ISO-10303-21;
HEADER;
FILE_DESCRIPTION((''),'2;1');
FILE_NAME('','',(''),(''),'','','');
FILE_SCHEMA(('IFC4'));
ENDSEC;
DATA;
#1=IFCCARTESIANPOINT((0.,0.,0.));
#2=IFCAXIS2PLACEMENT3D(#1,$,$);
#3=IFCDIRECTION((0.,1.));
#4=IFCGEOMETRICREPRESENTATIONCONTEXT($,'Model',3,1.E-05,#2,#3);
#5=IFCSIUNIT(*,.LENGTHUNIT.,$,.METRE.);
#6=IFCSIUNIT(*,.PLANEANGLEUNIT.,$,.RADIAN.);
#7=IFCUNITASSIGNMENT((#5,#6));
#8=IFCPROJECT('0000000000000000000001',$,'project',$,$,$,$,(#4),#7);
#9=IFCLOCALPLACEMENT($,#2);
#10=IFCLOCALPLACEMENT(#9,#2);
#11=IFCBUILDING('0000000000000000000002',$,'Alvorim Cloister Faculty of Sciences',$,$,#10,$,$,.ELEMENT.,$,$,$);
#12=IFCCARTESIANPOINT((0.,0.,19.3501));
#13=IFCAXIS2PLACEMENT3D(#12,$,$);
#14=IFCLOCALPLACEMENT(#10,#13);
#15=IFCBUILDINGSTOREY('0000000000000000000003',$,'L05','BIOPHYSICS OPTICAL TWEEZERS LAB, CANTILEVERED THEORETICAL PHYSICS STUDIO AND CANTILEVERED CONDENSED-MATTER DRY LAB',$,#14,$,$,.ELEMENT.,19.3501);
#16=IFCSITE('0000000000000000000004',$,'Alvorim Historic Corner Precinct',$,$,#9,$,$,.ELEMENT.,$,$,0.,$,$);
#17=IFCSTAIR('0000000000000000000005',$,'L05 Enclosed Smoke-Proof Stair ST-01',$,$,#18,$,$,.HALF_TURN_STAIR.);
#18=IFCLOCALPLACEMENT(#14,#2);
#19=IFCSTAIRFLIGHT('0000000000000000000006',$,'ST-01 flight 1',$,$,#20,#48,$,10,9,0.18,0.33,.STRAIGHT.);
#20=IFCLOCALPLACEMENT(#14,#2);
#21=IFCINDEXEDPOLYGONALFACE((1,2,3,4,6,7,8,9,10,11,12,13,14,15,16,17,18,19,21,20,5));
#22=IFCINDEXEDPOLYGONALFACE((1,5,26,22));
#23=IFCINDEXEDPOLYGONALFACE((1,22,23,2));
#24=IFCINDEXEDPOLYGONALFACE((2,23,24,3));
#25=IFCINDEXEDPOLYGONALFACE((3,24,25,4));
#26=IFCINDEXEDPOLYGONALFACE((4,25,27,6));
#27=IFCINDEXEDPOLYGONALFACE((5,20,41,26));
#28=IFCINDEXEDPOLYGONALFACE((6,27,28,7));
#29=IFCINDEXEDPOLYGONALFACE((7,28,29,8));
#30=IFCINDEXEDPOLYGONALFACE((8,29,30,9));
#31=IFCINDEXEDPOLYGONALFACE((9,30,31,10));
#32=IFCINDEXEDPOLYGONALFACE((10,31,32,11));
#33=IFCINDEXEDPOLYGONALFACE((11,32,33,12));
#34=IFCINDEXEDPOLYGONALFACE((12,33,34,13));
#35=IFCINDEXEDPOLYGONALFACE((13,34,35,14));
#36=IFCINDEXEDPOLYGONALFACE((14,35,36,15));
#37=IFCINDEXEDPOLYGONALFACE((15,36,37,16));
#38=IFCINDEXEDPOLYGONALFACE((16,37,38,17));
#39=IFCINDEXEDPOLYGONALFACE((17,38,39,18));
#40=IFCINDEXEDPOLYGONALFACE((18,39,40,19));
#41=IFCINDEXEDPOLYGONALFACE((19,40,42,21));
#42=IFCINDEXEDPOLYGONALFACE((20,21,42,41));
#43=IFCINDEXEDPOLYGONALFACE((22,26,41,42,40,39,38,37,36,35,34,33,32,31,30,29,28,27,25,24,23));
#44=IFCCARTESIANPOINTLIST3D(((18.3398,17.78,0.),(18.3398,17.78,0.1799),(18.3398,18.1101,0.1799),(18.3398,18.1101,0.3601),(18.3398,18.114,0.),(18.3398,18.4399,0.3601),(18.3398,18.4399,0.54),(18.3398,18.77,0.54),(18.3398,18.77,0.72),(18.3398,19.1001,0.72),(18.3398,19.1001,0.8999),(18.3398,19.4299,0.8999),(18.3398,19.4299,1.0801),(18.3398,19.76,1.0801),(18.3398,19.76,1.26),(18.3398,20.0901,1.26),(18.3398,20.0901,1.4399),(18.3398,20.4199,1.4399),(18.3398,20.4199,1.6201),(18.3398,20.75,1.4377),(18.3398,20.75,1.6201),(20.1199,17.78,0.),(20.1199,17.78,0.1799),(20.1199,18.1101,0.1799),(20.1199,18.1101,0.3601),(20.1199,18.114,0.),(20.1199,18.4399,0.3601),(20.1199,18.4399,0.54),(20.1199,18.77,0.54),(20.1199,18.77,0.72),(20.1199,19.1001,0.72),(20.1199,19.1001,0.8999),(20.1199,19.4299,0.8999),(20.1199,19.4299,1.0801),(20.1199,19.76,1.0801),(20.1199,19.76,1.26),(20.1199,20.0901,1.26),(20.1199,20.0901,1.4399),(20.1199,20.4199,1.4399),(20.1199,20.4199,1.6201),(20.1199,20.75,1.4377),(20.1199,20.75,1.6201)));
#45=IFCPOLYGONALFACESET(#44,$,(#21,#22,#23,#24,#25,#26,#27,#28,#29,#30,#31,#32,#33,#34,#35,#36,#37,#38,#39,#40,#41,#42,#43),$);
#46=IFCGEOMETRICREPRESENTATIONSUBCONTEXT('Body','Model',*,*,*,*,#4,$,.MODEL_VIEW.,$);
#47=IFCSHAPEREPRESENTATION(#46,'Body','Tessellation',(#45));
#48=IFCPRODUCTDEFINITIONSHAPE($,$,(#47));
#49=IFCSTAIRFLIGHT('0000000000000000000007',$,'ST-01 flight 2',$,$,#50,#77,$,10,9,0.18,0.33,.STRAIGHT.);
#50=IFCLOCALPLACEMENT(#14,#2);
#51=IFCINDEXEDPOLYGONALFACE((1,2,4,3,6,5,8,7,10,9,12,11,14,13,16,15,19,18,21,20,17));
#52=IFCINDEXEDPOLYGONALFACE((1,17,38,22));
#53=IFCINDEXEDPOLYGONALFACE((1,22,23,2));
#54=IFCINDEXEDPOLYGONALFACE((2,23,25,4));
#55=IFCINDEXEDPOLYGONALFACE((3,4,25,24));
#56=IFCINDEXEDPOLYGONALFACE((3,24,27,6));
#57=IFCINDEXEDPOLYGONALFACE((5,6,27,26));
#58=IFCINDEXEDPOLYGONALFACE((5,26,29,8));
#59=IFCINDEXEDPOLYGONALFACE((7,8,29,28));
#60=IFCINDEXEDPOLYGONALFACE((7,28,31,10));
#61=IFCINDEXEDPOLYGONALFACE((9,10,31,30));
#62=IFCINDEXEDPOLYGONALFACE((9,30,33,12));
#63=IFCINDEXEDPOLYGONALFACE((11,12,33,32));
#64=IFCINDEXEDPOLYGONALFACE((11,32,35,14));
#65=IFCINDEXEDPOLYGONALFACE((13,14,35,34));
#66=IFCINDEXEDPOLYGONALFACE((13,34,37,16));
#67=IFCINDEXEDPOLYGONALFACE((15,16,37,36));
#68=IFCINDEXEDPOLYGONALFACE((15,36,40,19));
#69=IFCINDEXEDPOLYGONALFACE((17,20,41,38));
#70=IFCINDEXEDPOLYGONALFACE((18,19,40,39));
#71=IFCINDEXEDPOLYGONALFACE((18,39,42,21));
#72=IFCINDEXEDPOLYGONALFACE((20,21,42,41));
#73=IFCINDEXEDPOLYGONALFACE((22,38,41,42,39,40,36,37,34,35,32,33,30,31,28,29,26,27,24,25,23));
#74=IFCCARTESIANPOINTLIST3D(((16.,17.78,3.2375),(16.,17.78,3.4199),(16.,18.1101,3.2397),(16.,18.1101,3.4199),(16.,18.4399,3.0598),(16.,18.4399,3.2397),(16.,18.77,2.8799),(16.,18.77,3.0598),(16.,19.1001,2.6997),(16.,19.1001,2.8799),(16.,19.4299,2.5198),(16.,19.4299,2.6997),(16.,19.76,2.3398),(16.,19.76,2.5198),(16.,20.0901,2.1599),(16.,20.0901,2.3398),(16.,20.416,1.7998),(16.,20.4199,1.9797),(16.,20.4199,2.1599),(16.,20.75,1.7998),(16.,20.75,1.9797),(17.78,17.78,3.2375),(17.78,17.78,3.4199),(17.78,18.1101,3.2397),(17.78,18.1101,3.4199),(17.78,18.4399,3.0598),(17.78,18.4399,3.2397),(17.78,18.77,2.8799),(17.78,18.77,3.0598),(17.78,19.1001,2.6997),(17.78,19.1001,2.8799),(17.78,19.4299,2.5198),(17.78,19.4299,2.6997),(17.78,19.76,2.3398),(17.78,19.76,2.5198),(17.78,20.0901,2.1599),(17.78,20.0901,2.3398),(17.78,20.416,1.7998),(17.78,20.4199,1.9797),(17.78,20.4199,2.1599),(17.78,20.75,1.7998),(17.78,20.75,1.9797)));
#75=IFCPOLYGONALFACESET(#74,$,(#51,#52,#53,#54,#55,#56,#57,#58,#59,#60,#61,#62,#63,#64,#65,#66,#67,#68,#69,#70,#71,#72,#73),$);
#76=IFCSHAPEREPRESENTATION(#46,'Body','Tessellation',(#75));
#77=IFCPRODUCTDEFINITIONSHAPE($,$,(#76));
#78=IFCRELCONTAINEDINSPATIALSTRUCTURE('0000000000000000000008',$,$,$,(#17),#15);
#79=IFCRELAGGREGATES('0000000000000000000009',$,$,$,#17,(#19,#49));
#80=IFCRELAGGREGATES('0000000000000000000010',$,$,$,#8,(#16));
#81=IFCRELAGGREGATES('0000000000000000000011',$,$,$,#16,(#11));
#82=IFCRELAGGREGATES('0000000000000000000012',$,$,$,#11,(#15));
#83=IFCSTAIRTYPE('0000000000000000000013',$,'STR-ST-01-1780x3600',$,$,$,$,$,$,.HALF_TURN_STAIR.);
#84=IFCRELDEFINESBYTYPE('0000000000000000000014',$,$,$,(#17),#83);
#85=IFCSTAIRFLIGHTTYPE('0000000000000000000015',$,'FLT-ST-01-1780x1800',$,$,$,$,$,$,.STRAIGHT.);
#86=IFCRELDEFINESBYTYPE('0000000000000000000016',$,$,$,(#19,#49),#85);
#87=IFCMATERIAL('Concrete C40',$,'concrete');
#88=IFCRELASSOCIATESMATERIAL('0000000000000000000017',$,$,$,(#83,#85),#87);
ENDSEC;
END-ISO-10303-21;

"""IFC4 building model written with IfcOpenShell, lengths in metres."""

from ifc_helpers import new_model, si_unit, direction, frame, origin, place, context, subcontext, project, spatial, polyline, outline, extrude, material, type_object, element, aggregate, save


model = new_model("IFC4")

# Units and contexts
model_context = context("Model", 3, precision=1e-05, world=origin(), true_north=direction((0.0, 1.0)))
body_context = subcontext(model_context, "Body", "Model", "MODEL_VIEW")
ifc_project = project(units=[si_unit("LENGTHUNIT", "METRE"), si_unit("PLANEANGLEUNIT", "RADIAN")], contexts=[model_context])

# Site, building, storey
site_placement = place(None, origin())
site = spatial("IfcSite", under=ifc_project, at=site_placement, Name="Alvorim Historic Corner Precinct", CompositionType="ELEMENT", RefElevation=0.0)
building_placement = place(site_placement, origin())
building = spatial("IfcBuilding", under=site, at=building_placement, Name="Alvorim Cloister Faculty of Sciences", CompositionType="ELEMENT")
storey_placement = place(building_placement, frame((0.0, 0.0, 19.3501)))
storey = spatial("IfcBuildingStorey", under=building, at=storey_placement, Name="L05", Description="BIOPHYSICS OPTICAL TWEEZERS LAB, CANTILEVERED THEORETICAL PHYSICS STUDIO AND CANTILEVERED CONDENSED-MATTER DRY LAB", CompositionType="ELEMENT", Elevation=19.3501)

# Shared definitions
ifc_material_1 = material(Name="Concrete C40", Category="concrete")

# Stair, stair flights
stair_type = type_object("IfcStairType", Name="STR-ST-01-1780x3600", PredefinedType="HALF_TURN_STAIR", material=ifc_material_1)
stair_placement = place(storey_placement, origin())
stair = element("IfcStair", 1, at=stair_placement, inside=storey, type_object=stair_type, Name="L05 Enclosed Smoke-Proof Stair ST-01", PredefinedType="HALF_TURN_STAIR")
stair_flight_type = type_object("IfcStairFlightType", Name="FLT-ST-01-1780x1800", PredefinedType="STRAIGHT", material=ifc_material_1)
stair_flight_1_placement = place(storey_placement, frame((19.23, 17.78, 0.0), z_axis=(0.0, 0.0, 1.0), x_axis=(0.0, 1.0, 0.0)))
stair_flight_1 = element("IfcStairFlight", 2, at=stair_flight_1_placement, type_object=stair_flight_type, Name="ST-01 flight 1", NumberOfRisers=10, NumberOfTreads=9, PredefinedType="STRAIGHT", RiserHeight=0.18, TreadLength=0.33, context=body_context, shape_type="SweptSolid", body=[
    extrude(outline(polyline([(0.334, 0.0), (2.97, 1.4377), (2.97, 1.8), (2.97, 1.6201), (2.6399, 1.6201), (2.6399, 1.4399), (2.3101, 1.4399), (2.3101, 1.26), (1.98, 1.26), (1.98, 1.0801), (1.6499, 1.0801), (1.6499, 0.8999), (1.3201, 0.8999), (1.3201, 0.72), (0.99, 0.72), (0.99, 0.54), (0.6599, 0.54), (0.6599, 0.3601), (0.3301, 0.3601), (0.3301, 0.1799), (0.0, 0.1799), (0.0, 0.0), (0.334, 0.0)])), frame((0.0, 0.8901, 0.0), z_axis=(0.0, -1.0, 0.0), x_axis=(1.0, 0.0, 0.0)), (0.0, 0.0, 1.0), 1.78),
])
stair_flight_2_placement = place(storey_placement, frame((16.8899, 20.75, 1.7998), z_axis=(0.0, 0.0, 1.0), x_axis=(0.0, -1.0, 0.0)))
stair_flight_2 = element("IfcStairFlight", 3, at=stair_flight_2_placement, type_object=stair_flight_type, Name="ST-01 flight 2", NumberOfRisers=10, NumberOfTreads=9, PredefinedType="STRAIGHT", RiserHeight=0.18, TreadLength=0.33, context=body_context, shape_type="SweptSolid", body=[
    extrude(outline(polyline([(0.334, 0.0), (2.97, 1.4377), (2.97, 1.8), (2.97, 1.6201), (2.6399, 1.6201), (2.6399, 1.4399), (2.3101, 1.4399), (2.3101, 1.26), (1.98, 1.26), (1.98, 1.0801), (1.6499, 1.0801), (1.6499, 0.8999), (1.3201, 0.8999), (1.3201, 0.72), (0.99, 0.72), (0.99, 0.54), (0.6599, 0.54), (0.6599, 0.3601), (0.3301, 0.3601), (0.3301, 0.1799), (0.0, 0.1799), (0.0, 0.0), (0.334, 0.0)])), frame((0.0, 0.8901, 0.0), z_axis=(0.0, -1.0, 0.0), x_axis=(1.0, 0.0, 0.0)), (0.0, 0.0, 1.0), 1.78),
])
aggregate(stair, [stair_flight_1, stair_flight_2])

save(model, "model.ifc")
